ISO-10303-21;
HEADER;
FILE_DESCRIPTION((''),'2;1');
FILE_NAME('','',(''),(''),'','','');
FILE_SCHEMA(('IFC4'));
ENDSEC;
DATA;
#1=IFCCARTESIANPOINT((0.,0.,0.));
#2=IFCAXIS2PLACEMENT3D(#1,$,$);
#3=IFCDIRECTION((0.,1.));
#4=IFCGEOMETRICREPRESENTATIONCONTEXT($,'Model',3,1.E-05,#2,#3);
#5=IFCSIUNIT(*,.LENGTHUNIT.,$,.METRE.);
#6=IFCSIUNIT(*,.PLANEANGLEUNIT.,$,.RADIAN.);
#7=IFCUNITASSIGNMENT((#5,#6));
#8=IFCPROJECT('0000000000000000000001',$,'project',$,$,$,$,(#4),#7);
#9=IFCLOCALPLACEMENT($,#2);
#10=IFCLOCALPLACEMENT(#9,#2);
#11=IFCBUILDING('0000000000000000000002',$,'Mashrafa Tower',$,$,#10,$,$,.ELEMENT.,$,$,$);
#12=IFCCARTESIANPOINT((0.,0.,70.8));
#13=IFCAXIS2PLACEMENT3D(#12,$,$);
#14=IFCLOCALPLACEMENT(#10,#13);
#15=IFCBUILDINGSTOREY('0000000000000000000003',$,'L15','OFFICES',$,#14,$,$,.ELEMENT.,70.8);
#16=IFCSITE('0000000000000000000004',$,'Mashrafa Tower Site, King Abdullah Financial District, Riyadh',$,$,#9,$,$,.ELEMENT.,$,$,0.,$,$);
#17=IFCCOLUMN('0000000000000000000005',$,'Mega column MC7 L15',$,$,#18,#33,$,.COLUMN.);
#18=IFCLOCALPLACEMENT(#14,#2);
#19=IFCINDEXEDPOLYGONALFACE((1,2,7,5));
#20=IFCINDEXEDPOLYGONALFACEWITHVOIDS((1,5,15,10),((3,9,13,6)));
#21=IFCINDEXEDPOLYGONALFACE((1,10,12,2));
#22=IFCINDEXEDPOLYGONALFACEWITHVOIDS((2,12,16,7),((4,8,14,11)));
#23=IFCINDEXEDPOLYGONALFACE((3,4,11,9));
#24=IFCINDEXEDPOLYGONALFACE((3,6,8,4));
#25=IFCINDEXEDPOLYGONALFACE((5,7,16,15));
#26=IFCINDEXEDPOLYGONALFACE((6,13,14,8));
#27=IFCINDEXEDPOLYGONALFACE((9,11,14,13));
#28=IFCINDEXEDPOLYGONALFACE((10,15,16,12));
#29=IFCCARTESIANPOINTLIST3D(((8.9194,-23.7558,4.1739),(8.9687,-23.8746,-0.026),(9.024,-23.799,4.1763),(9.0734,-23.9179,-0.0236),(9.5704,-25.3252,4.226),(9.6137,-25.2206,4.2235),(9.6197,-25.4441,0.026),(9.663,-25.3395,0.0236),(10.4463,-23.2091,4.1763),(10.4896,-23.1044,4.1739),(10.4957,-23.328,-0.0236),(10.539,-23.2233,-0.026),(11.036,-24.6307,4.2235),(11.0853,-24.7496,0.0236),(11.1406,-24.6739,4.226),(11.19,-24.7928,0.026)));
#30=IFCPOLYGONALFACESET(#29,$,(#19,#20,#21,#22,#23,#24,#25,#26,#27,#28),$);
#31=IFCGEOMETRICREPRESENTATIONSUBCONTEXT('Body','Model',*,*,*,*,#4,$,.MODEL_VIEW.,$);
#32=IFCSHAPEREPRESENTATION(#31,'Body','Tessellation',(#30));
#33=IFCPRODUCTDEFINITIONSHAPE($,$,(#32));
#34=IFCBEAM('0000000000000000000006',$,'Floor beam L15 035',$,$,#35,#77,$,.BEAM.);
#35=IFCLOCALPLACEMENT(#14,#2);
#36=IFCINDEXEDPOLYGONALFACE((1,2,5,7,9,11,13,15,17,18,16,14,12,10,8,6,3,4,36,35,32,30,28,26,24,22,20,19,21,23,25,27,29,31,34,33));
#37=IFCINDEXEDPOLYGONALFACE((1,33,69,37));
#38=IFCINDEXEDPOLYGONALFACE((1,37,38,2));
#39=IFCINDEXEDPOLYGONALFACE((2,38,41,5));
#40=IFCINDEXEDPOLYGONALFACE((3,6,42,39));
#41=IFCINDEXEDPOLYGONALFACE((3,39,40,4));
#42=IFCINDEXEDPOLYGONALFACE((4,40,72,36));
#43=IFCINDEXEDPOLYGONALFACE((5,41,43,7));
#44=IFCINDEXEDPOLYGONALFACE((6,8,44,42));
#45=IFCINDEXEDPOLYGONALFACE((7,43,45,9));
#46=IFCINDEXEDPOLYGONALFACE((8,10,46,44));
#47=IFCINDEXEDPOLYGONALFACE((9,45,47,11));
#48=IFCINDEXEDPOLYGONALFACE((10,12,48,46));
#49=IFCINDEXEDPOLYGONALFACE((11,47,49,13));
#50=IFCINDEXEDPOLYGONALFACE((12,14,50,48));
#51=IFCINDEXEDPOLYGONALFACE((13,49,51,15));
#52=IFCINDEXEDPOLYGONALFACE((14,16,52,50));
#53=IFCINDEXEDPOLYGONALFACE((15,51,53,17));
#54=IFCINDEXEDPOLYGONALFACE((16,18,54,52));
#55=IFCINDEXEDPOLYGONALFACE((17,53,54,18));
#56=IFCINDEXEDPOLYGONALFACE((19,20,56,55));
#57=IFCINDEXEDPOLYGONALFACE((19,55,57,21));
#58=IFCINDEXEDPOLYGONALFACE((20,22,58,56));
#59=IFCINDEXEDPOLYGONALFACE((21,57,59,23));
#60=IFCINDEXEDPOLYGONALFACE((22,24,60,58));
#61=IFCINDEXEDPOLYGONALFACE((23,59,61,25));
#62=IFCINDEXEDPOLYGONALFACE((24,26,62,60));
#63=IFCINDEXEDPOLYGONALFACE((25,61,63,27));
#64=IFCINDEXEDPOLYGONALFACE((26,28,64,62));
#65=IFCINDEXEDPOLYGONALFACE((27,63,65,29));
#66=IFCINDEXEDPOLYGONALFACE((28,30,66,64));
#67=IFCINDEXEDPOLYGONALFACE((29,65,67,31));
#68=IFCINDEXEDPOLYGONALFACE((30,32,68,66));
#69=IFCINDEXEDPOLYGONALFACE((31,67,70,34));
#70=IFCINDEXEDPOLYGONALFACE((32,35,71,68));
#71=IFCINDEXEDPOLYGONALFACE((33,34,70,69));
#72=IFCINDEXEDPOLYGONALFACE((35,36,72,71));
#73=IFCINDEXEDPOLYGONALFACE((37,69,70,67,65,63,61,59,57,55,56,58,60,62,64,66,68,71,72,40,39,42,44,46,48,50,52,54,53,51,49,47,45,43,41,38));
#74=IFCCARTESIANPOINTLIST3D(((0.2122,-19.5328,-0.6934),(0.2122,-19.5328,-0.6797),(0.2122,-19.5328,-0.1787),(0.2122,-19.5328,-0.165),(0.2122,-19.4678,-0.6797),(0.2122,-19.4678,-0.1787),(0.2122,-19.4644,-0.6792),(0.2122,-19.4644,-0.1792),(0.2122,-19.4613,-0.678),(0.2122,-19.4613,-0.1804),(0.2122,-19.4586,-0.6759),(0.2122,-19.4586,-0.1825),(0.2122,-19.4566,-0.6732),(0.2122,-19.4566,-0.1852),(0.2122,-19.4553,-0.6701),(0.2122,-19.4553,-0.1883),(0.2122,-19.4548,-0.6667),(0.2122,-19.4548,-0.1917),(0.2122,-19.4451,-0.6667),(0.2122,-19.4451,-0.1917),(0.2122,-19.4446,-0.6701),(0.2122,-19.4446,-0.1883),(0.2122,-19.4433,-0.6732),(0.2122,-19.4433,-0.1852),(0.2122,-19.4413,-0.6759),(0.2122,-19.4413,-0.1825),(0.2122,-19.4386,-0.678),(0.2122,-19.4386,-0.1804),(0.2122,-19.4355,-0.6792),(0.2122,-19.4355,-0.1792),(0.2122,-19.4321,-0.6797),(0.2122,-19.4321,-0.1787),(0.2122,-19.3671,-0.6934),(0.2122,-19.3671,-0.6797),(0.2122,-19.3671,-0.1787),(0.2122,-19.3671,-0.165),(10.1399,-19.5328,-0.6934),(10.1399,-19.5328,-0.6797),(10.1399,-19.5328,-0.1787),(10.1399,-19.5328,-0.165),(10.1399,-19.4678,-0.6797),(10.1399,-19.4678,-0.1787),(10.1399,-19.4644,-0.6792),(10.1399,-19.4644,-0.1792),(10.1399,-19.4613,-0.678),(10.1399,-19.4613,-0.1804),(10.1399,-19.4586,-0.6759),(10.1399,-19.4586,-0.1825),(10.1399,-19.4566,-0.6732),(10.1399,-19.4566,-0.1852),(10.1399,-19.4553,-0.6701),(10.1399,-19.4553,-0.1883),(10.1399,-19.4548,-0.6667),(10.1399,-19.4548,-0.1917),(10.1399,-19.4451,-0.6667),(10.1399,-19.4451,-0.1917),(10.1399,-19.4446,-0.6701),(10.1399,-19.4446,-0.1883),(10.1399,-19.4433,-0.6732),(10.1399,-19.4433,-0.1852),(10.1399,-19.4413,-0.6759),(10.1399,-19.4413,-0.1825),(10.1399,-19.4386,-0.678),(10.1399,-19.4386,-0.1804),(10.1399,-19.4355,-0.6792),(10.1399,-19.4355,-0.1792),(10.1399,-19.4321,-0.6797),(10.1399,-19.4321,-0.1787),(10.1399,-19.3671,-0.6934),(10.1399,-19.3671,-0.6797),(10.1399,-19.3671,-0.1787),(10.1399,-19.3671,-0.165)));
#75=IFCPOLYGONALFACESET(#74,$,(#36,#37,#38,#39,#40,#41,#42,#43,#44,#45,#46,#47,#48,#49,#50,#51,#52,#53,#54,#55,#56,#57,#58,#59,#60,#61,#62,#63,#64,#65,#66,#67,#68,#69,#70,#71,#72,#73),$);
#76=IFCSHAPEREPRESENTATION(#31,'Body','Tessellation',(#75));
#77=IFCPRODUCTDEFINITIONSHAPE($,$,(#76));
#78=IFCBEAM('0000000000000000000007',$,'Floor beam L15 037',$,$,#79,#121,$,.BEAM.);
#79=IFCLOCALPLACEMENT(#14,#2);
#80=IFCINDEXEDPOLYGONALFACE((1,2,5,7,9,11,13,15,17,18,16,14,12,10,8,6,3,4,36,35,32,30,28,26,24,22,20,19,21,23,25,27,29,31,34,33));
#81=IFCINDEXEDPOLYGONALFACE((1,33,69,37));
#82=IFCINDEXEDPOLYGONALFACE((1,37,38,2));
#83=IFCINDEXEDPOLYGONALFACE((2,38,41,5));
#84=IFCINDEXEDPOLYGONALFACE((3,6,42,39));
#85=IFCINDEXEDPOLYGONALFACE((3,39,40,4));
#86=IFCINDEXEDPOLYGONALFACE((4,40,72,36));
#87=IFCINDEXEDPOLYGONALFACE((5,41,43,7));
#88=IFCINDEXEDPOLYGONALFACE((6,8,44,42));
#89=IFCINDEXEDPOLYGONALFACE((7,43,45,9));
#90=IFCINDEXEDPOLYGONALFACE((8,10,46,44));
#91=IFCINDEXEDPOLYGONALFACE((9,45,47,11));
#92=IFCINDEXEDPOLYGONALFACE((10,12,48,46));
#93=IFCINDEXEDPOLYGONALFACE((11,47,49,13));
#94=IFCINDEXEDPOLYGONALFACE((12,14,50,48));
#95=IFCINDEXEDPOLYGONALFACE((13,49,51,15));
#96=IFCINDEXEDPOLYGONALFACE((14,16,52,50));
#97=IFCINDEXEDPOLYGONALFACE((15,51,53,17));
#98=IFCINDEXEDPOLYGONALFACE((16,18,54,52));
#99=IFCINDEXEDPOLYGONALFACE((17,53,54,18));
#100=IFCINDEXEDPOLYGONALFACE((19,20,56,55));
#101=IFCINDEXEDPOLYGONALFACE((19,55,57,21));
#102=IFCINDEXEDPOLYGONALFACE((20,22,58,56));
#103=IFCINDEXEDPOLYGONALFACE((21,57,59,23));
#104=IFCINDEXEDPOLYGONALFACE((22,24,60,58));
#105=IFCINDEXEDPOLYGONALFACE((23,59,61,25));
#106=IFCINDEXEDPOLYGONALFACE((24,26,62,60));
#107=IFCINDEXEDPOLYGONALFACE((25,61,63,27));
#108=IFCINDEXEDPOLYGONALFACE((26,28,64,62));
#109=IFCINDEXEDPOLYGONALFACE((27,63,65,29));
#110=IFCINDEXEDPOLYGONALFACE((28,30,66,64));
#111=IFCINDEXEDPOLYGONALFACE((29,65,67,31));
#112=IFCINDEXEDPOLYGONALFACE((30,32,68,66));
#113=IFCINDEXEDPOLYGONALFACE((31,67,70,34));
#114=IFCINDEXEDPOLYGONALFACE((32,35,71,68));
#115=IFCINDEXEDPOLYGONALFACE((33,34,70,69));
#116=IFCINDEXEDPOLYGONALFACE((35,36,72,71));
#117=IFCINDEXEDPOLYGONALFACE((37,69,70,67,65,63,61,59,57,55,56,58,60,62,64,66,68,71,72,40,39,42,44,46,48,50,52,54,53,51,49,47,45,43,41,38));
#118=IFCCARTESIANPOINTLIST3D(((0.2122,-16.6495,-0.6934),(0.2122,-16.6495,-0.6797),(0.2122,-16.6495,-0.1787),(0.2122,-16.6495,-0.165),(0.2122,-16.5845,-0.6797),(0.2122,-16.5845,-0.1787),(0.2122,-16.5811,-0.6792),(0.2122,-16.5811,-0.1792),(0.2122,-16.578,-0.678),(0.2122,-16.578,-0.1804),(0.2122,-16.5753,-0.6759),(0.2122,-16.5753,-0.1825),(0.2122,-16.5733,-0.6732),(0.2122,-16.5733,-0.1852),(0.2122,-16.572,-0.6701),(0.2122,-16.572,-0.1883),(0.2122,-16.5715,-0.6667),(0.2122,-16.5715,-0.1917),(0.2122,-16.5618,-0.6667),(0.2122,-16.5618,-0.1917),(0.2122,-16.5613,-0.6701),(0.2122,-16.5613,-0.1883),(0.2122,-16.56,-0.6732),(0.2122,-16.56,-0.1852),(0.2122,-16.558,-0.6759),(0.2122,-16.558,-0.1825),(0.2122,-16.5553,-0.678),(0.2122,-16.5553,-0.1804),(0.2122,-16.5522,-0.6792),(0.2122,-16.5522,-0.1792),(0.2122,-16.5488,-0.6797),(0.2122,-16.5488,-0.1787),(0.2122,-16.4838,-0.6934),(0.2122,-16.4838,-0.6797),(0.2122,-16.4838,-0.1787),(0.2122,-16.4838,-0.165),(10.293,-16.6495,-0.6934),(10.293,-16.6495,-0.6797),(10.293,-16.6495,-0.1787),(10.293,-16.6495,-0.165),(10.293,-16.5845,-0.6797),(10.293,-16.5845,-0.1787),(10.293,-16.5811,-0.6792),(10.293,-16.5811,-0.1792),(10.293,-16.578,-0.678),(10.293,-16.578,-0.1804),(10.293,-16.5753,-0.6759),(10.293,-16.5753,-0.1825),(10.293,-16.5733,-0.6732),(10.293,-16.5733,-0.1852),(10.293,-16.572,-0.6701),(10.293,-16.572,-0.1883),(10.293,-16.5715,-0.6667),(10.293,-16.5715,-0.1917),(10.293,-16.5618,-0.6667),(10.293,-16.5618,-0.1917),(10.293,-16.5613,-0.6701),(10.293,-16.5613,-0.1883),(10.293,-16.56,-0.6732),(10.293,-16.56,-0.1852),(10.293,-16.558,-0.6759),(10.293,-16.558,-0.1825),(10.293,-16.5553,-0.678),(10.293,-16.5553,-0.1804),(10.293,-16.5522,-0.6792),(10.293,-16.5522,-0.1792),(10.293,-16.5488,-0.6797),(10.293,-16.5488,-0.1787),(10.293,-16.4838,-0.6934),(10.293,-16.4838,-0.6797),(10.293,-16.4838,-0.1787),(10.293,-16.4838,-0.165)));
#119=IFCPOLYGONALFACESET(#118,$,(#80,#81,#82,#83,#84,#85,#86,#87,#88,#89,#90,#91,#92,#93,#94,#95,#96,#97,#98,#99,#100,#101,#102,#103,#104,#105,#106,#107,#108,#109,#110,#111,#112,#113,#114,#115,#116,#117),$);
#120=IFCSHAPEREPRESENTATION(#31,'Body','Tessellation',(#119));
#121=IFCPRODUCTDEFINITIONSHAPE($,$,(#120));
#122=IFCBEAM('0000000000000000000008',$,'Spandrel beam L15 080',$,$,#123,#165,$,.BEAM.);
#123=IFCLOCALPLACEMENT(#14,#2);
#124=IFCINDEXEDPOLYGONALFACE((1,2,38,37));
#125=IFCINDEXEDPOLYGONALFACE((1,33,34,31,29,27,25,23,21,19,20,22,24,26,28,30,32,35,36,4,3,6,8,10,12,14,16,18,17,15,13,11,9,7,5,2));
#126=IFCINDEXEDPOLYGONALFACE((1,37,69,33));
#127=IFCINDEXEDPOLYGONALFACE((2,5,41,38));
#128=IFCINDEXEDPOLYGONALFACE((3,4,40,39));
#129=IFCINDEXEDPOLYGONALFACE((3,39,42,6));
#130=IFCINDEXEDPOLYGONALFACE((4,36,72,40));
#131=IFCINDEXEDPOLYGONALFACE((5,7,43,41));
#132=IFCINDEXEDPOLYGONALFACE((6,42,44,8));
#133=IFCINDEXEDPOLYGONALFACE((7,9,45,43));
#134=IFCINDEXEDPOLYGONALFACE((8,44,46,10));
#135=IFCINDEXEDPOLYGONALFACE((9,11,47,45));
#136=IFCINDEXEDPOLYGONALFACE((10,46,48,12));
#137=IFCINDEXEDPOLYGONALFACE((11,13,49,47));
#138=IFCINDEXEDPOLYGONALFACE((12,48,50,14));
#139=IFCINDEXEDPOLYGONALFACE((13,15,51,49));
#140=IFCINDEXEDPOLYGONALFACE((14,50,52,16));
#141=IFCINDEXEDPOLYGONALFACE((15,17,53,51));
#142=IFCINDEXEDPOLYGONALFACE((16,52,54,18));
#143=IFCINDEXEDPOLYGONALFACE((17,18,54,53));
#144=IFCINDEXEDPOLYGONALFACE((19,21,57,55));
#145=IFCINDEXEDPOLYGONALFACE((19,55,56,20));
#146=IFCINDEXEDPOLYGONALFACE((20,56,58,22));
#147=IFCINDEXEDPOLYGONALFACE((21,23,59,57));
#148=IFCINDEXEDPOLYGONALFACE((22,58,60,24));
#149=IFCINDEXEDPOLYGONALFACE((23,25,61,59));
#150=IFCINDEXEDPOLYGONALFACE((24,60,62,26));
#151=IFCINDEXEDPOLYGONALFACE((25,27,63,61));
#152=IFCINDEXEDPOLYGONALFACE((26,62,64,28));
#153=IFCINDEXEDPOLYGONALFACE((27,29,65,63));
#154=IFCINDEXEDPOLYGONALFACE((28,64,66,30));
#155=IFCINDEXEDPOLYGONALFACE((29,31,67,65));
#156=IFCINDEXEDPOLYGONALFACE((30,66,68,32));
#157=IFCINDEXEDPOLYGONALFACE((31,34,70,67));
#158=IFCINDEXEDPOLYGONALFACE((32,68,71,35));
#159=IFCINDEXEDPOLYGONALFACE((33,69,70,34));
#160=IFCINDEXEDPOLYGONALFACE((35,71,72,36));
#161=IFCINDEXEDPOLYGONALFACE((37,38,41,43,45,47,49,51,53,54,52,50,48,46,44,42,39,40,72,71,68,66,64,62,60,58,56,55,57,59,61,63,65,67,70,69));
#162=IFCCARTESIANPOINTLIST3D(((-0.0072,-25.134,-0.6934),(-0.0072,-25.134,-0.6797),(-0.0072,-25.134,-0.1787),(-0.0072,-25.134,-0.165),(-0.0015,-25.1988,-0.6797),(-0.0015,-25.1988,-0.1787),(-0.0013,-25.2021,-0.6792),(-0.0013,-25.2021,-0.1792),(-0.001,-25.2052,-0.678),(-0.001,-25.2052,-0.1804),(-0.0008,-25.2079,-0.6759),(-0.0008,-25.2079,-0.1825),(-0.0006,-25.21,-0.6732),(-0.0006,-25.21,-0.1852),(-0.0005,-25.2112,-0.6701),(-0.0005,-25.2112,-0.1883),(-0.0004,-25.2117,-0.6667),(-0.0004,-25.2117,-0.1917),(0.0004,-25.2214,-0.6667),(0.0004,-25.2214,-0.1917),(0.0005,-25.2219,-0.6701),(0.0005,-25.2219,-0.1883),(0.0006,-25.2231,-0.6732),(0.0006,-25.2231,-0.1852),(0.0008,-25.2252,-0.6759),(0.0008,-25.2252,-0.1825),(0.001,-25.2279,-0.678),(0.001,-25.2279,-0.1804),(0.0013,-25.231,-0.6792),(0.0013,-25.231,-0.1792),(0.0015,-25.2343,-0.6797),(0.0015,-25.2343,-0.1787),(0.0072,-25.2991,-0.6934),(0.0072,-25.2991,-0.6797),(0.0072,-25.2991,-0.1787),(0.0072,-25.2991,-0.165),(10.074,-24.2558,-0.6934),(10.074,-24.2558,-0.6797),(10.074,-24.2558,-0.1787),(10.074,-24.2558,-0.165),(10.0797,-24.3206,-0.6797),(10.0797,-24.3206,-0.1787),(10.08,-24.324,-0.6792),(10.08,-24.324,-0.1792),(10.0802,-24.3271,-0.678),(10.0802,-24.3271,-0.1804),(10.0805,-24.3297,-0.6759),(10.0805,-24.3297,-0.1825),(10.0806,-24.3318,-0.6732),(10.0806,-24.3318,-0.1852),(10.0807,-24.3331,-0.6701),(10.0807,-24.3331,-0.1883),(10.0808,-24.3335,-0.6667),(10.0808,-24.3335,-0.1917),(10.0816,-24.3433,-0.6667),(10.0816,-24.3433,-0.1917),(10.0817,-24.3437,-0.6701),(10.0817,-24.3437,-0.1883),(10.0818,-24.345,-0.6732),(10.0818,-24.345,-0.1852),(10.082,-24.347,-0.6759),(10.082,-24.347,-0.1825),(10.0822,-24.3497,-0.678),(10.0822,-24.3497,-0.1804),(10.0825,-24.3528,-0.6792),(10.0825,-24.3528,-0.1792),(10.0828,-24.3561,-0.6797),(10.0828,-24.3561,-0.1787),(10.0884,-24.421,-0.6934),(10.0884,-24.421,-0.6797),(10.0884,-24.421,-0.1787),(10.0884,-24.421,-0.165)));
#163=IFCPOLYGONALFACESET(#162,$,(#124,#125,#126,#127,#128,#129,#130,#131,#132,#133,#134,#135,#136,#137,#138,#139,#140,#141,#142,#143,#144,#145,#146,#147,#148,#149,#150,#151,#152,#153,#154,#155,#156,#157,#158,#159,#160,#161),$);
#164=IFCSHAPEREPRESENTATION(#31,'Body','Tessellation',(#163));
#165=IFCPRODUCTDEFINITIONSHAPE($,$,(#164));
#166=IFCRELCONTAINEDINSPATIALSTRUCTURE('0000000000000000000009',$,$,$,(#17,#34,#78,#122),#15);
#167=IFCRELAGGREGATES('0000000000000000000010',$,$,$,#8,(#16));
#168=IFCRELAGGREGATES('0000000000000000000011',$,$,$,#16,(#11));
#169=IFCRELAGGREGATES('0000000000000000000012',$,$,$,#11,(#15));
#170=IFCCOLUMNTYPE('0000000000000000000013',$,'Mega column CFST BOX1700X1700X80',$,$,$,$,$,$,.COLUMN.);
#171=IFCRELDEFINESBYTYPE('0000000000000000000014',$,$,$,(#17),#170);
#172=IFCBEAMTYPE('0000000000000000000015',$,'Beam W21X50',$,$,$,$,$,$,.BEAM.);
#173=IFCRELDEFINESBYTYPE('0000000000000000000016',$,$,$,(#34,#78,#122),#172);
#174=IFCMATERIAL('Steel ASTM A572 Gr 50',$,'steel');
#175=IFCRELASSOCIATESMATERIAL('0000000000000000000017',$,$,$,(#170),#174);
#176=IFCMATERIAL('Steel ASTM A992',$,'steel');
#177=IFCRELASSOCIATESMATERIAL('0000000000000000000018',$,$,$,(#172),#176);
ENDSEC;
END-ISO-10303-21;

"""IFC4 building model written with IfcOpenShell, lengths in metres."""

from ifc_helpers import new_model, si_unit, direction, frame, origin, origin_2d, place, context, subcontext, project, spatial, hollow_rectangle, i_section, extrude, material, material_profile, profile_set, type_object, element, save


model = new_model("IFC4")

# Units and contexts
model_context = context("Model", 3, precision=1e-05, world=origin(), true_north=direction((0.0, 1.0)))
body_context = subcontext(model_context, "Body", "Model", "MODEL_VIEW")
ifc_project = project(units=[si_unit("LENGTHUNIT", "METRE"), si_unit("PLANEANGLEUNIT", "RADIAN")], contexts=[model_context])

# Site, building, storey
site_placement = place(None, origin())
site = spatial("IfcSite", under=ifc_project, at=site_placement, Name="Mashrafa Tower Site, King Abdullah Financial District, Riyadh", CompositionType="ELEMENT", RefElevation=0.0)
building_placement = place(site_placement, origin())
building = spatial("IfcBuilding", under=site, at=building_placement, Name="Mashrafa Tower", CompositionType="ELEMENT")
storey_placement = place(building_placement, frame((0.0, 0.0, 70.8)))
storey = spatial("IfcBuildingStorey", under=building, at=storey_placement, Name="L15", Description="OFFICES", CompositionType="ELEMENT", Elevation=70.8)

# Column
ifc_material_1 = material(Name="Steel ASTM A572 Gr 50", Category="steel")
ifc_material_profile_1 = material_profile(ifc_material_1, hollow_rectangle(XDim=1.7, YDim=1.7, WallThickness=0.0801, at=origin_2d()), Name="BOX1700X1700X80")
ifc_profile_set_1 = profile_set([ifc_material_profile_1], Name="Steel ASTM A572 Gr 50")
column_type = type_object("IfcColumnType", Name="Mega column CFST BOX1700X1700X80", PredefinedType="COLUMN", material=ifc_profile_set_1)
column_placement = place(storey_placement, frame((10.0793, -24.3337, 0.0), z_axis=(-0.011737, 0.028296, 0.999531), x_axis=(-0.923693, -0.383133, 0.0)))
element("IfcColumn", 1, at=column_placement, inside=storey, type_object=column_type, Name="Mega column MC7 L15", PredefinedType="COLUMN", context=body_context, shape_type="SweptSolid", body=[
    extrude(hollow_rectangle(XDim=1.7, YDim=1.7, WallThickness=0.0801, at=origin_2d()), origin(), (0.0, 0.0, 1.0), 4.2019),
])

# Beams
ifc_material_2 = material(Name="Steel ASTM A992", Category="steel")
ifc_material_profile_2 = material_profile(ifc_material_2, i_section(OverallWidth=0.1658, OverallDepth=0.5283, WebThickness=0.0098, FlangeThickness=0.0137, FilletRadius=0.0129, at=origin_2d()), Name="W21X50")
ifc_profile_set_2 = profile_set([ifc_material_profile_2], Name="Steel ASTM A992")
beam_type_1 = type_object("IfcBeamType", Name="Beam W21X50", PredefinedType="BEAM", material=ifc_profile_set_2)
beam_1_placement = place(storey_placement, frame((10.1399, -19.45, -0.4292), z_axis=(-1.0, 0.0, 0.0), x_axis=(0.0, -1.0, 0.0)))
element("IfcBeam", 2, at=beam_1_placement, inside=storey, type_object=beam_type_1, Name="Floor beam L15 035", PredefinedType="BEAM", context=body_context, shape_type="SweptSolid", body=[
    extrude(i_section(OverallWidth=0.1658, OverallDepth=0.5283, WebThickness=0.0098, FlangeThickness=0.0137, FilletRadius=0.0129, at=origin_2d()), origin(), (0.0, 0.0, 1.0), 9.9277),
])
beam_2_placement = place(storey_placement, frame((10.293, -16.5667, -0.4292), z_axis=(-1.0, 0.0, 0.0), x_axis=(0.0, -1.0, 0.0)))
element("IfcBeam", 3, at=beam_2_placement, inside=storey, type_object=beam_type_1, Name="Floor beam L15 037", PredefinedType="BEAM", context=body_context, shape_type="SweptSolid", body=[
    extrude(i_section(OverallWidth=0.1658, OverallDepth=0.5283, WebThickness=0.0098, FlangeThickness=0.0137, FilletRadius=0.0129, at=origin_2d()), origin(), (0.0, 0.0, 1.0), 10.0808),
])
for number, where, z_axis, x_axis, name in (
    (4, (0.0, -25.2166, -0.4292), (0.996227, 0.086781, 0.0), (-0.086781, 0.996227, 0.0), "Spandrel beam L15 080"),
):
    element("IfcBeam", number, at=place(storey_placement, frame(where, z_axis=z_axis, x_axis=x_axis)), inside=storey, type_object=beam_type_1, Name=name, PredefinedType="BEAM", context=body_context, shape_type="SweptSolid", body=[
        extrude(i_section(OverallWidth=0.1658, OverallDepth=0.5283, WebThickness=0.0098, FlangeThickness=0.0137, FilletRadius=0.0129, at=origin_2d()), origin(), (0.0, 0.0, 1.0), 10.1194),
    ])

save(model, "model.ifc")
